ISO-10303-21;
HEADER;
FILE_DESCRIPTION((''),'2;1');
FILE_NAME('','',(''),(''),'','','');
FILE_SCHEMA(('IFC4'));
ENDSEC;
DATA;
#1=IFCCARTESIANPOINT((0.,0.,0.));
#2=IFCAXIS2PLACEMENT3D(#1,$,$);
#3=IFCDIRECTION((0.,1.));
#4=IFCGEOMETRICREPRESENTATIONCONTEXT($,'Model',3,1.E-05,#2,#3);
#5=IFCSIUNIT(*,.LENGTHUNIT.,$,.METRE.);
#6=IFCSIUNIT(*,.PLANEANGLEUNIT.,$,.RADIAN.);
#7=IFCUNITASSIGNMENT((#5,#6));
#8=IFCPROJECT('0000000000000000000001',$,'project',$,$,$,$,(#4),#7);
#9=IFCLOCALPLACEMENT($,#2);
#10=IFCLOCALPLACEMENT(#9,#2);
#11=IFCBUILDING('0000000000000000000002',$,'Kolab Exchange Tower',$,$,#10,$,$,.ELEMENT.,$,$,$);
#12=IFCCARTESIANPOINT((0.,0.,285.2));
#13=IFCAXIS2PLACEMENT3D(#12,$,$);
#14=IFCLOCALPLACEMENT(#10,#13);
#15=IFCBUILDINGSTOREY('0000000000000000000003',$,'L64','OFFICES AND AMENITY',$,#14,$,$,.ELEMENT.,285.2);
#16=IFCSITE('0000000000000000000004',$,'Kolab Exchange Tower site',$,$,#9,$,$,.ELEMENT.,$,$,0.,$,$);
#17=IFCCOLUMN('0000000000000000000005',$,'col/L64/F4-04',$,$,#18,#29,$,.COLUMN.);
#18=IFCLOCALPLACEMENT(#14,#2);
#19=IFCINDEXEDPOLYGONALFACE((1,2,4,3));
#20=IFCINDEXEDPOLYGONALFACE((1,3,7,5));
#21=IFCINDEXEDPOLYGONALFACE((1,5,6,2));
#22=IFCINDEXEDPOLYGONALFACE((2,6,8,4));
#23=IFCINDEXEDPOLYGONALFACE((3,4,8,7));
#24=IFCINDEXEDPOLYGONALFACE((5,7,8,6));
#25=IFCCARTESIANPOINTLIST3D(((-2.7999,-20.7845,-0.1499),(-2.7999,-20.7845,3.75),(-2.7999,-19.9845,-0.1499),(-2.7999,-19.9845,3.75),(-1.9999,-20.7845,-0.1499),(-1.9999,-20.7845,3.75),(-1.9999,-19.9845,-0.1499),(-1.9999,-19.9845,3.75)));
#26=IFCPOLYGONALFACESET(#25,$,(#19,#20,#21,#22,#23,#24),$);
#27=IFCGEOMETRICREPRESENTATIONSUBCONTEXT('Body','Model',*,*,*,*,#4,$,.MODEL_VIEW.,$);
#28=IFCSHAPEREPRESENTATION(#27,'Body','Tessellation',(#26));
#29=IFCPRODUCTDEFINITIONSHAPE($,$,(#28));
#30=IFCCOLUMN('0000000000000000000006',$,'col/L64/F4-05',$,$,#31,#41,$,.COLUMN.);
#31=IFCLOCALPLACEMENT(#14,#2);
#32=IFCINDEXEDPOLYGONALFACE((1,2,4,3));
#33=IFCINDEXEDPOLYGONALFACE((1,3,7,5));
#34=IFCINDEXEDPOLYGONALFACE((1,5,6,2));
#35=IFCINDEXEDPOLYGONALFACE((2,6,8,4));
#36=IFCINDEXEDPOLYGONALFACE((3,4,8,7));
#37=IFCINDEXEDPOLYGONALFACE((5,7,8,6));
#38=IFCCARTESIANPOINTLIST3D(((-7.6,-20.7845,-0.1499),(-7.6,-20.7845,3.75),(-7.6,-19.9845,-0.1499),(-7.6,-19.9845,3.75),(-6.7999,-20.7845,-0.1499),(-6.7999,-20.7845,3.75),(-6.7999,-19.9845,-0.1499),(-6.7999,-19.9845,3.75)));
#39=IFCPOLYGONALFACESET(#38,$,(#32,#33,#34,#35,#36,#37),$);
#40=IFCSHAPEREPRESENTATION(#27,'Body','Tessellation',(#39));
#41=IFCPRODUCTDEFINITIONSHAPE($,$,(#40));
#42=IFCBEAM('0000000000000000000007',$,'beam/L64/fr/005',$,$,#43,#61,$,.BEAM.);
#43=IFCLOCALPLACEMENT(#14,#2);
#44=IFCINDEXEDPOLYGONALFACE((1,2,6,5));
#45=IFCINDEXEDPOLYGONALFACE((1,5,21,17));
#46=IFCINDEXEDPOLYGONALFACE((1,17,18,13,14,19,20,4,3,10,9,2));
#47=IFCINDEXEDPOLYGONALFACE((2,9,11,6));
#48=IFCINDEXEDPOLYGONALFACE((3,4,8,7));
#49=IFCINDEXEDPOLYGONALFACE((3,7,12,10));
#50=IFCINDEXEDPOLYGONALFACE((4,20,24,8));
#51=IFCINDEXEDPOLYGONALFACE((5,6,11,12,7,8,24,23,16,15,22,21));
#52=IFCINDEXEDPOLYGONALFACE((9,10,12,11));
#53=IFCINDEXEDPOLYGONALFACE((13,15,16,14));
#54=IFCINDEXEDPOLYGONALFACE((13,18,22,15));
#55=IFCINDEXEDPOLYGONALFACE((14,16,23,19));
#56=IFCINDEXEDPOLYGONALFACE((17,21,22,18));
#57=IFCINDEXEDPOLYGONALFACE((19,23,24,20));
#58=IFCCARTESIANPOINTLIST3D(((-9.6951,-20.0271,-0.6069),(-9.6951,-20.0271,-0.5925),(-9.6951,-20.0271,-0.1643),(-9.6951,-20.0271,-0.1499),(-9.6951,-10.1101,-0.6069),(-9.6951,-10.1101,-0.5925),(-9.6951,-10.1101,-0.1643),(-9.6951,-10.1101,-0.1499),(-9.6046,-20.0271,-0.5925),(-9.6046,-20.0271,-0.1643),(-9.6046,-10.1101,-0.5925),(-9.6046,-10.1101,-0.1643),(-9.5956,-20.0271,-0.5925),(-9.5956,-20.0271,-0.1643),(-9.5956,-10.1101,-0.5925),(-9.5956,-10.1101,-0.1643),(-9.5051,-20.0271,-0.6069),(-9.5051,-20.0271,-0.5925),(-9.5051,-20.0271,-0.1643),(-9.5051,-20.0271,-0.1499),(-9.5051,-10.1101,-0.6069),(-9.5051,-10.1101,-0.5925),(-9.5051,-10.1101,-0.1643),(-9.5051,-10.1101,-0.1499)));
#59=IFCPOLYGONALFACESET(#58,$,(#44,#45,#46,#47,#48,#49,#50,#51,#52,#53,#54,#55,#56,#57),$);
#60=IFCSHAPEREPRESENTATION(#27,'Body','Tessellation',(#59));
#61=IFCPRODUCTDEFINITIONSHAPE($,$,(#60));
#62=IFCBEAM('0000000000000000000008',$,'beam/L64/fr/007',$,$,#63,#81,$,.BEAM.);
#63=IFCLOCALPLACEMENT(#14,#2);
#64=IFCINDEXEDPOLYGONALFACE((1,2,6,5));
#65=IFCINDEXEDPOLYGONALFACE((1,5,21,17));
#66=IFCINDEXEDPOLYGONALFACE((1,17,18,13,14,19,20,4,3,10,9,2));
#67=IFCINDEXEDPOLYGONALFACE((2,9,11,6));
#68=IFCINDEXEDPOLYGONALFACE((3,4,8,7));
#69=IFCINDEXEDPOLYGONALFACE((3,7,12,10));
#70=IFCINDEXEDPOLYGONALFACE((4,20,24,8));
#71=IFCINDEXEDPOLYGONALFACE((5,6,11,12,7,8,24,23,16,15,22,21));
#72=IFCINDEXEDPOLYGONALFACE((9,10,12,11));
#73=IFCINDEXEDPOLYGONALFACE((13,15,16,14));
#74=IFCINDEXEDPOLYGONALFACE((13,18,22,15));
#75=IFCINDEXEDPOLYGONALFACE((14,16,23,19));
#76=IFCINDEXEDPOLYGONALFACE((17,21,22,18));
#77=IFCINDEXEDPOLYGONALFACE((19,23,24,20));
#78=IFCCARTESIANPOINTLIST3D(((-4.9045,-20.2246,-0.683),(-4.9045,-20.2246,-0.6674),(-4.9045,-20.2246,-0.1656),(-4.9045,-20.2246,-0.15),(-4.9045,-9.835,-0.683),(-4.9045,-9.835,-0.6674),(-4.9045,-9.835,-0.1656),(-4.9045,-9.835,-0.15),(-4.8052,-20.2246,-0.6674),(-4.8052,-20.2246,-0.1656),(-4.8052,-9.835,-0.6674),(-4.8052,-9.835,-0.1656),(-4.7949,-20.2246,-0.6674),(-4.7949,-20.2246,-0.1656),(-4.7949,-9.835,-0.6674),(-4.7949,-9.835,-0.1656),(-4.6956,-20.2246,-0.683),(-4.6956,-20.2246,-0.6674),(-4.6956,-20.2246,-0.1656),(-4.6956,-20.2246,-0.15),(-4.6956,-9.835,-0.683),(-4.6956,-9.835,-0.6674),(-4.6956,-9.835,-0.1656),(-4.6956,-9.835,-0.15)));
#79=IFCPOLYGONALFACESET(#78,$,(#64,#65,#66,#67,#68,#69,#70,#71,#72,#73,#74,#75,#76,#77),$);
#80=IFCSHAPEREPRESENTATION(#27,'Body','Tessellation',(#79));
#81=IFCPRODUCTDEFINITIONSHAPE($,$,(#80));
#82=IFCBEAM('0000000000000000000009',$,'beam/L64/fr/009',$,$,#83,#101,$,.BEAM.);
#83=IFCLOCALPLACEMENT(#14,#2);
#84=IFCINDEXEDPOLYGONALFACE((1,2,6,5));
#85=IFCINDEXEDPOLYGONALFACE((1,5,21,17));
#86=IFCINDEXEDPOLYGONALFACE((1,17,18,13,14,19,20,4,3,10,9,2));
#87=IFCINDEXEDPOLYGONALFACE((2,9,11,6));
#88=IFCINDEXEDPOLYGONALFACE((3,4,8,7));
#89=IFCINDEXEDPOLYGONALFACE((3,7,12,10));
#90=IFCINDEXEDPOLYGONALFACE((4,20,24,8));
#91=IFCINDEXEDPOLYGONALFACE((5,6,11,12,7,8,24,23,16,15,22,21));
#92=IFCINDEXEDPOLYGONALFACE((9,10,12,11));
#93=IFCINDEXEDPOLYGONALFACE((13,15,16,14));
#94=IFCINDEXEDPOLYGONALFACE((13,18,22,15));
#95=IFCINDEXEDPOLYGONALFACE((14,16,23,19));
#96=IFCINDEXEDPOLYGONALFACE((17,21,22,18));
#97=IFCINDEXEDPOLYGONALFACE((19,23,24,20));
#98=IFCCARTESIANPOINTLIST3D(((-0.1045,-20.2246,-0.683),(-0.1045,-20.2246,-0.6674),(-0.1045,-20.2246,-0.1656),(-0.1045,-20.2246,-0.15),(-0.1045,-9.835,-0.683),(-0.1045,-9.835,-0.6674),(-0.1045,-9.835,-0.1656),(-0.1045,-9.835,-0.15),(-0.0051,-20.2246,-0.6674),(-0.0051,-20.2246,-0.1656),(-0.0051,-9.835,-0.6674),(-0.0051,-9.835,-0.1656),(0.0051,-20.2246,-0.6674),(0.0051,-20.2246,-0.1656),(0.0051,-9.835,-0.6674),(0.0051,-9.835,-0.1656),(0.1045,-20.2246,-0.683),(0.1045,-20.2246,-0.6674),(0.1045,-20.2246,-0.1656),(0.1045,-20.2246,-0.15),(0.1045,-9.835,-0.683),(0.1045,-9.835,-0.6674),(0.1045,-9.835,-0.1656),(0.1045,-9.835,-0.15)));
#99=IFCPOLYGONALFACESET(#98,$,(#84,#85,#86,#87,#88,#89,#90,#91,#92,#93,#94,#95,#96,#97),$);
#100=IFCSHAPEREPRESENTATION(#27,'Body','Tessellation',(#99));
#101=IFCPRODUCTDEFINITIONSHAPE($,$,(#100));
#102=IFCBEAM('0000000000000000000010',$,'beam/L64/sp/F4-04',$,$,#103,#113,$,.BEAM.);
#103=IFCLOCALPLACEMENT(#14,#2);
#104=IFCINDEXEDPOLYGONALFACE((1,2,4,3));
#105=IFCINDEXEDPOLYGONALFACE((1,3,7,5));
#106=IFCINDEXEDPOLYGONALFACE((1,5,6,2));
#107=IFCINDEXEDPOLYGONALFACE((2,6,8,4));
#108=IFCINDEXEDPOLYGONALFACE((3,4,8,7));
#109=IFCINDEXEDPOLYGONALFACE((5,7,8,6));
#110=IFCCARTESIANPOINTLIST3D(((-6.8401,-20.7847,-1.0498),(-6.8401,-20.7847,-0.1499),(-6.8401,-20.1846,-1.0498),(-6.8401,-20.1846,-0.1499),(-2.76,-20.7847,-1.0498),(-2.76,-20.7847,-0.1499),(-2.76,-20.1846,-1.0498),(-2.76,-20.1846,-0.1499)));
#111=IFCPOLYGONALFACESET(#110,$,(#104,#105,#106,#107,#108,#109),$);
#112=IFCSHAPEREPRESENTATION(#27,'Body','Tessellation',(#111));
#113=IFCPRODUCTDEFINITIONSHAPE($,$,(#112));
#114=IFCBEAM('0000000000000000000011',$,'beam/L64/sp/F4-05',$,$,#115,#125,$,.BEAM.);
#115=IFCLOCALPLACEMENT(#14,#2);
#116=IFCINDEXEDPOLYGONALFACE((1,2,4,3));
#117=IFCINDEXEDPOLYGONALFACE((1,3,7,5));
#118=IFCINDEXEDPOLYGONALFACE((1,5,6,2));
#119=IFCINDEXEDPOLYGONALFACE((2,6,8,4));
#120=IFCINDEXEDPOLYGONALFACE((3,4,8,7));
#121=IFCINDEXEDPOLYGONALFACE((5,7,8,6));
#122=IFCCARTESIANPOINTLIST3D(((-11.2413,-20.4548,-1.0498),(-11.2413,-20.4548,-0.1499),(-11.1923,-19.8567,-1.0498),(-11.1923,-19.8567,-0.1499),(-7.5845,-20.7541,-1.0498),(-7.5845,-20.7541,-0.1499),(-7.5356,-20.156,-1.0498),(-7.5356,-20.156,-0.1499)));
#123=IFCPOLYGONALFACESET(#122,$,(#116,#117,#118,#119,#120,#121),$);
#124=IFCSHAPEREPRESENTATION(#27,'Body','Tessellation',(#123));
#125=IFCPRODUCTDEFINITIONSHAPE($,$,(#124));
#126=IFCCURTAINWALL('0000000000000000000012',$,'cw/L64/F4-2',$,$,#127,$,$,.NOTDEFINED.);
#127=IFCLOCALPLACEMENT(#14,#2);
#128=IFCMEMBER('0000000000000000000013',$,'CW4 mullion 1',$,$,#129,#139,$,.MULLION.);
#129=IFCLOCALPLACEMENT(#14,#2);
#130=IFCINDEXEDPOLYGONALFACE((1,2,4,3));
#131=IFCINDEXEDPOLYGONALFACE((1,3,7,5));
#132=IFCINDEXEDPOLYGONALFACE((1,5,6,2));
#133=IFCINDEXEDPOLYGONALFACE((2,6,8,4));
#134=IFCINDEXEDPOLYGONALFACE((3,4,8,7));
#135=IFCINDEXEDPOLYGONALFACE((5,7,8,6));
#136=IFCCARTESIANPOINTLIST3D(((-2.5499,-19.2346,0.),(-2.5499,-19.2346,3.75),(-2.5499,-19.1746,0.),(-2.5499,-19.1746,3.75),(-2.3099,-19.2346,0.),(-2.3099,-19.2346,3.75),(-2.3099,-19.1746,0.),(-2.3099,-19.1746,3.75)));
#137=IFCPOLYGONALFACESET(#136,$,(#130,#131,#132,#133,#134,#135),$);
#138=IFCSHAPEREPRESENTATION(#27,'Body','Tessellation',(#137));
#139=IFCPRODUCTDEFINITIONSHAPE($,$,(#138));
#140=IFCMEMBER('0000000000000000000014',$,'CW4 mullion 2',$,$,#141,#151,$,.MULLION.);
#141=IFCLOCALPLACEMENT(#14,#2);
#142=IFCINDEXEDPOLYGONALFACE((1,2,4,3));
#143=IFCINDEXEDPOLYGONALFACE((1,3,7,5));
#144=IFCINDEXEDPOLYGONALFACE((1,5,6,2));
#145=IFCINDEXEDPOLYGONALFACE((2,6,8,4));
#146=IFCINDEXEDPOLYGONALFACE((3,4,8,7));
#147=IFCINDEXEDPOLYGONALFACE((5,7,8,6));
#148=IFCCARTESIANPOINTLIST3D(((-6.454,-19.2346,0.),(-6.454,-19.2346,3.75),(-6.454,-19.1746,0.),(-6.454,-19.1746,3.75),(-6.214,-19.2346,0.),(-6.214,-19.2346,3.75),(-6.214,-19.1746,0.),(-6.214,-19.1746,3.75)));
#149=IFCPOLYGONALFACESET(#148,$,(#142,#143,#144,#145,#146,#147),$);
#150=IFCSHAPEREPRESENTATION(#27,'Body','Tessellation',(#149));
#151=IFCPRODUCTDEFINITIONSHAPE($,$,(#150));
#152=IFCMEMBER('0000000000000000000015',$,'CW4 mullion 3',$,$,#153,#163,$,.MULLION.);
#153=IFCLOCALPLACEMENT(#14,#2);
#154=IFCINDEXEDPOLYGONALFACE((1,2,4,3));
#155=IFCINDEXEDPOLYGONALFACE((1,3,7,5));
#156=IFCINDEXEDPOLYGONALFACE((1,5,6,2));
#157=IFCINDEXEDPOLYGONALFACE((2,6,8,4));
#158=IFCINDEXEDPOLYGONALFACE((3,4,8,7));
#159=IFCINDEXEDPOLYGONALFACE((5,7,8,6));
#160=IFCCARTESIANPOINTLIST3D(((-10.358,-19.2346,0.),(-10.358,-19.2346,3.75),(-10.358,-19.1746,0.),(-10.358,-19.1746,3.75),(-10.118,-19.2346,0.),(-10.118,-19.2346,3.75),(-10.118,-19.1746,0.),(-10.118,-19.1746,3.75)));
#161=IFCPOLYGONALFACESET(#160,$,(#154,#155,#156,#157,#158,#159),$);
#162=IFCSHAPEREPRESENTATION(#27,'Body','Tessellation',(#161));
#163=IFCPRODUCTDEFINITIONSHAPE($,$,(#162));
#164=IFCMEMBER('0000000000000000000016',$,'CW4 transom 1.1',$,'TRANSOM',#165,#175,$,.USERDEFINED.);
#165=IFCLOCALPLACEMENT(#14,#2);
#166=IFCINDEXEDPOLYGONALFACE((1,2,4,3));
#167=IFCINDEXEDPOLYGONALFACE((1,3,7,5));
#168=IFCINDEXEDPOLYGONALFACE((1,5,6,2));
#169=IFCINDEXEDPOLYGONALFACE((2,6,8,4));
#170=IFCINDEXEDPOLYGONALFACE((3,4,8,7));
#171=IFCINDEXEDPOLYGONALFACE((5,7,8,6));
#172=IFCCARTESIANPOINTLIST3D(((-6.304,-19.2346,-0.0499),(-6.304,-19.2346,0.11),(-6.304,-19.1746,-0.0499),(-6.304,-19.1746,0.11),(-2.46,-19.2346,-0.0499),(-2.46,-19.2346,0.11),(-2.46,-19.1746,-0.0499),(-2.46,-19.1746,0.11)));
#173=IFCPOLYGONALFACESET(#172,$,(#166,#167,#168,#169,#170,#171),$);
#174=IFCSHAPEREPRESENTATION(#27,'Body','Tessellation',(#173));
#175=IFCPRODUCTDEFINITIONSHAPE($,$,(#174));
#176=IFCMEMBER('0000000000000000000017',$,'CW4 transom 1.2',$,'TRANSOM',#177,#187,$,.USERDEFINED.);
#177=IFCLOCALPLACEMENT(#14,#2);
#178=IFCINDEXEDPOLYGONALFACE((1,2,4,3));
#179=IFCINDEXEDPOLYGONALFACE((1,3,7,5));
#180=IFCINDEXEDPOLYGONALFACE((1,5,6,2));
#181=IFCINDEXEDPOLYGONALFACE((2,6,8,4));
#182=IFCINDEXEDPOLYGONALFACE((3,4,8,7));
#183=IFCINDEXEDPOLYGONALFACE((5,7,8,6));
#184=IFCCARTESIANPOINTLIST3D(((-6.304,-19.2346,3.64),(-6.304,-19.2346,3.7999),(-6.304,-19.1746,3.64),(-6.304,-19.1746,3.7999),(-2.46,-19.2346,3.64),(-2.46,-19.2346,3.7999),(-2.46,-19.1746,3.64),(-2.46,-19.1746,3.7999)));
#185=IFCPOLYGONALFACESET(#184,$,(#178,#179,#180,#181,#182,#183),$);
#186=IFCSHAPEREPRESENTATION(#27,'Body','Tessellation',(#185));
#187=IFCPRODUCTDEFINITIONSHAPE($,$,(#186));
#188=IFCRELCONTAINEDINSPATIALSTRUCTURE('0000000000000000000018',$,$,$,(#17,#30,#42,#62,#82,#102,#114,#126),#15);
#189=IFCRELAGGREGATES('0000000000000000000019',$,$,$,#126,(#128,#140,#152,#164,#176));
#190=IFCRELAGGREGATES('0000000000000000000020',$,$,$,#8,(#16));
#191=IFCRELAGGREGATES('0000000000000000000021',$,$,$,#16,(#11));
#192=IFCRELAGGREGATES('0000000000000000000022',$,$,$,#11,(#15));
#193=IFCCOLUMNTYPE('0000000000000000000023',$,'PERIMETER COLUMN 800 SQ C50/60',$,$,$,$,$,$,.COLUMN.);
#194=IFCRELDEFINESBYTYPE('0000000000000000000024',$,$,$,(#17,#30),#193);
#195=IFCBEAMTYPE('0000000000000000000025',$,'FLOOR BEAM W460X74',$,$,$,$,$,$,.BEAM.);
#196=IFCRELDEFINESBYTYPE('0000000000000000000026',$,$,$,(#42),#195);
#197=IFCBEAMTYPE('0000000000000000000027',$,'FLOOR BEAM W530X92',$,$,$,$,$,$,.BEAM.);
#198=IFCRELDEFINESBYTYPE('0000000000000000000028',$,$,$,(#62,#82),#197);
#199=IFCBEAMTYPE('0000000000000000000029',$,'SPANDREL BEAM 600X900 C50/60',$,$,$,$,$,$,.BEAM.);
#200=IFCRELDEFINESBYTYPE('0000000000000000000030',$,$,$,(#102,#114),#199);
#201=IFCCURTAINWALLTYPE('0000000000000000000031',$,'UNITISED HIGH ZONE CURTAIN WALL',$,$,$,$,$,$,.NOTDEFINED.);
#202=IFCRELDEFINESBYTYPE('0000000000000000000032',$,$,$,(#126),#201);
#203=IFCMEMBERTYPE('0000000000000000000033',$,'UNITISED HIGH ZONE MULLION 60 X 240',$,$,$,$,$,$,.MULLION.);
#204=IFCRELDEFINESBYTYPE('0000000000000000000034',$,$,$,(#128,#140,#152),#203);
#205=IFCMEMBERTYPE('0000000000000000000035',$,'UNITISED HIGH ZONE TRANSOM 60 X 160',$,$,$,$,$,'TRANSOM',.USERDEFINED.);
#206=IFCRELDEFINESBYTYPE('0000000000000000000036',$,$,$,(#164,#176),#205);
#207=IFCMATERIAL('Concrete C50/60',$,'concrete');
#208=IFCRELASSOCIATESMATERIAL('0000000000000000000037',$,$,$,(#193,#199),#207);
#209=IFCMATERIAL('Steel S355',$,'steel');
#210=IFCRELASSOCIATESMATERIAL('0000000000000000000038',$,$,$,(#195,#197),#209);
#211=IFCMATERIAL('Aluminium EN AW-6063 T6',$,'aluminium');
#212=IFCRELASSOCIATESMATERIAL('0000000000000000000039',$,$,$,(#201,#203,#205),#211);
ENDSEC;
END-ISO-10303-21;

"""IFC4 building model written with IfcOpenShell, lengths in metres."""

from ifc_helpers import new_model, si_unit, direction, frame, origin, origin_2d, place, context, subcontext, project, spatial, rectangle, i_section, extrude, material, material_profile, profile_set, type_object, element, aggregate, save


model = new_model("IFC4")

# Units and contexts
model_context = context("Model", 3, precision=1e-05, world=origin(), true_north=direction((0.0, 1.0)))
body_context = subcontext(model_context, "Body", "Model", "MODEL_VIEW")
ifc_project = project(units=[si_unit("LENGTHUNIT", "METRE"), si_unit("PLANEANGLEUNIT", "RADIAN")], contexts=[model_context])

# Site, building, storey
site_placement = place(None, origin())
site = spatial("IfcSite", under=ifc_project, at=site_placement, Name="Kolab Exchange Tower site", CompositionType="ELEMENT", RefElevation=0.0)
building_placement = place(site_placement, origin())
building = spatial("IfcBuilding", under=site, at=building_placement, Name="Kolab Exchange Tower", CompositionType="ELEMENT")
storey_placement = place(building_placement, frame((0.0, 0.0, 285.2)))
storey = spatial("IfcBuildingStorey", under=building, at=storey_placement, Name="L64", Description="OFFICES AND AMENITY", CompositionType="ELEMENT", Elevation=285.2)

# Columns
ifc_material_1 = material(Name="Concrete C50/60", Category="concrete")
ifc_material_profile_1 = material_profile(ifc_material_1, rectangle(XDim=0.8, YDim=0.8, at=origin_2d()), Name="RC800")
ifc_profile_set_1 = profile_set([ifc_material_profile_1], Name="Concrete C50/60")
column_type = type_object("IfcColumnType", Name="PERIMETER COLUMN 800 SQ C50/60", PredefinedType="COLUMN", material=ifc_profile_set_1)
for number, where, z_axis, x_axis, name in (
    (1, (-2.3999, -20.3845, -0.1499), (0.0, 0.0, 1.0), (1.0, 0.0, 0.0), "col/L64/F4-04"),
    (2, (-7.2, -20.3845, -0.1499), (0.0, 0.0, 1.0), (1.0, 0.0, 0.0), "col/L64/F4-05"),
):
    element("IfcColumn", number, at=place(storey_placement, frame(where, z_axis=z_axis, x_axis=x_axis)), inside=storey, type_object=column_type, Name=name, PredefinedType="COLUMN", context=body_context, shape_type="SweptSolid", body=[
        extrude(rectangle(XDim=0.8, YDim=0.8, at=origin_2d()), origin(), (0.0, 0.0, 1.0), 3.8999),
    ])

# Beams
ifc_material_2 = material(Name="Steel S355", Category="steel")
ifc_material_profile_2 = material_profile(ifc_material_2, i_section(OverallWidth=0.1899, OverallDepth=0.457, WebThickness=0.009, FlangeThickness=0.0144, at=origin_2d()), Name="W460X74")
ifc_profile_set_2 = profile_set([ifc_material_profile_2], Name="Steel S355")
beam_type_1 = type_object("IfcBeamType", Name="FLOOR BEAM W460X74", PredefinedType="BEAM", material=ifc_profile_set_2)
beam_1_placement = place(storey_placement, frame((-9.6001, -20.0271, -0.3784), z_axis=(0.0, 1.0, 0.0), x_axis=(-1.0, 0.0, 0.0)))
element("IfcBeam", 3, at=beam_1_placement, inside=storey, type_object=beam_type_1, Name="beam/L64/fr/005", PredefinedType="BEAM", context=body_context, shape_type="SweptSolid", body=[
    extrude(i_section(OverallWidth=0.1899, OverallDepth=0.457, WebThickness=0.009, FlangeThickness=0.0144, at=origin_2d()), origin(), (0.0, 0.0, 1.0), 9.917),
])
ifc_material_profile_3 = material_profile(ifc_material_2, i_section(OverallWidth=0.209, OverallDepth=0.533, WebThickness=0.0103, FlangeThickness=0.0156, at=origin_2d()), Name="W530X92")
ifc_profile_set_3 = profile_set([ifc_material_profile_3], Name="Steel S355")
beam_type_2 = type_object("IfcBeamType", Name="FLOOR BEAM W530X92", PredefinedType="BEAM", material=ifc_profile_set_3)
for number, where, z_axis, x_axis, name in (
    (4, (-4.8, -20.2246, -0.4165), (0.0, 1.0, 0.0), (-1.0, 0.0, 0.0), "beam/L64/fr/007"),
    (5, (0.0, -20.2246, -0.4165), (0.0, 1.0, 0.0), (-1.0, 0.0, 0.0), "beam/L64/fr/009"),
):
    element("IfcBeam", number, at=place(storey_placement, frame(where, z_axis=z_axis, x_axis=x_axis)), inside=storey, type_object=beam_type_2, Name=name, PredefinedType="BEAM", context=body_context, shape_type="SweptSolid", body=[
        extrude(i_section(OverallWidth=0.209, OverallDepth=0.533, WebThickness=0.0103, FlangeThickness=0.0156, at=origin_2d()), origin(), (0.0, 0.0, 1.0), 10.3896),
    ])
ifc_material_profile_4 = material_profile(ifc_material_1, rectangle(XDim=0.6001, YDim=0.8999, at=origin_2d()), Name="RC600X900")
ifc_profile_set_4 = profile_set([ifc_material_profile_4], Name="Concrete C50/60")
beam_type_3 = type_object("IfcBeamType", Name="SPANDREL BEAM 600X900 C50/60", PredefinedType="BEAM", material=ifc_profile_set_4)
beam_2_placement = place(storey_placement, frame((-2.76, -20.4846, -0.5999), z_axis=(-1.0, 0.0, 0.0), x_axis=(0.0, -1.0, 0.0)))
element("IfcBeam", 6, at=beam_2_placement, inside=storey, type_object=beam_type_3, Name="beam/L64/sp/F4-04", PredefinedType="BEAM", context=body_context, shape_type="SweptSolid", body=[
    extrude(rectangle(XDim=0.6001, YDim=0.8999, at=origin_2d()), origin(), (0.0, 0.0, 1.0), 4.0801),
])
beam_3_placement = place(storey_placement, frame((-7.5601, -20.4551, -0.5999), z_axis=(-0.996667, 0.081581, 0.0), x_axis=(-0.081581, -0.996667, 0.0)))
element("IfcBeam", 7, at=beam_3_placement, inside=storey, type_object=beam_type_3, Name="beam/L64/sp/F4-05", PredefinedType="BEAM", context=body_context, shape_type="SweptSolid", body=[
    extrude(rectangle(XDim=0.6001, YDim=0.8999, at=origin_2d()), origin(), (0.0, 0.0, 1.0), 3.6689),
])

# Curtain wall, members
ifc_material_3 = material(Name="Aluminium EN AW-6063 T6", Category="aluminium")
curtain_wall_type = type_object("IfcCurtainWallType", Name="UNITISED HIGH ZONE CURTAIN WALL", PredefinedType="NOTDEFINED", material=ifc_material_3)
curtain_wall_placement = place(storey_placement, origin())
curtain_wall = element("IfcCurtainWall", 8, at=curtain_wall_placement, inside=storey, type_object=curtain_wall_type, Name="cw/L64/F4-2", PredefinedType="NOTDEFINED")
ifc_material_profile_5 = material_profile(ifc_material_3, rectangle(XDim=0.0601, YDim=0.24, at=origin_2d()), Name="RECT 60X240")
ifc_profile_set_5 = profile_set([ifc_material_profile_5], Name="Aluminium EN AW-6063 T6")
member_type_1 = type_object("IfcMemberType", Name="UNITISED HIGH ZONE MULLION 60 X 240", PredefinedType="MULLION", material=ifc_profile_set_5)
member_1_placement = place(storey_placement, frame((-2.4299, -19.2046, 0.0), z_axis=(0.0, 0.0, 1.0), x_axis=(0.0, -1.0, 0.0)))
member_1 = element("IfcMember", 9, at=member_1_placement, type_object=member_type_1, Name="CW4 mullion 1", PredefinedType="MULLION", context=body_context, shape_type="SweptSolid", body=[
    extrude(rectangle(XDim=0.0601, YDim=0.24, at=origin_2d()), origin(), (0.0, 0.0, 1.0), 3.75),
])
member_2_placement = place(storey_placement, frame((-6.334, -19.2046, 0.0), z_axis=(0.0, 0.0, 1.0), x_axis=(0.0, -1.0, 0.0)))
member_2 = element("IfcMember", 10, at=member_2_placement, type_object=member_type_1, Name="CW4 mullion 2", PredefinedType="MULLION", context=body_context, shape_type="SweptSolid", body=[
    extrude(rectangle(XDim=0.0601, YDim=0.24, at=origin_2d()), origin(), (0.0, 0.0, 1.0), 3.75),
])
member_3_placement = place(storey_placement, frame((-10.238, -19.2046, 0.0), z_axis=(0.0, 0.0, 1.0), x_axis=(0.0, -1.0, 0.0)))
member_3 = element("IfcMember", 11, at=member_3_placement, type_object=member_type_1, Name="CW4 mullion 3", PredefinedType="MULLION", context=body_context, shape_type="SweptSolid", body=[
    extrude(rectangle(XDim=0.0601, YDim=0.24, at=origin_2d()), origin(), (0.0, 0.0, 1.0), 3.75),
])
ifc_material_profile_6 = material_profile(ifc_material_3, rectangle(XDim=0.0601, YDim=0.1599, at=origin_2d()), Name="RECT 60X160")
ifc_profile_set_6 = profile_set([ifc_material_profile_6], Name="Aluminium EN AW-6063 T6")
member_type_2 = type_object("IfcMemberType", Name="UNITISED HIGH ZONE TRANSOM 60 X 160", ElementType="TRANSOM", PredefinedType="USERDEFINED", material=ifc_profile_set_6)
member_4_placement = place(storey_placement, frame((-2.46, -19.2046, 0.03), z_axis=(-1.0, 0.0, 0.0), x_axis=(0.0, -1.0, 0.0)))
member_4 = element("IfcMember", 12, at=member_4_placement, type_object=member_type_2, Name="CW4 transom 1.1", ObjectType="TRANSOM", PredefinedType="USERDEFINED", context=body_context, shape_type="SweptSolid", body=[
    extrude(rectangle(XDim=0.0601, YDim=0.1599, at=origin_2d()), origin(), (0.0, 0.0, 1.0), 3.844),
])
member_5_placement = place(storey_placement, frame((-2.46, -19.2046, 3.72), z_axis=(-1.0, 0.0, 0.0), x_axis=(0.0, -1.0, 0.0)))
member_5 = element("IfcMember", 13, at=member_5_placement, type_object=member_type_2, Name="CW4 transom 1.2", ObjectType="TRANSOM", PredefinedType="USERDEFINED", context=body_context, shape_type="SweptSolid", body=[
    extrude(rectangle(XDim=0.0601, YDim=0.1599, at=origin_2d()), origin(), (0.0, 0.0, 1.0), 3.844),
])
aggregate(curtain_wall, [member_1, member_2, member_3, member_4, member_5])

save(model, "model.ifc")
